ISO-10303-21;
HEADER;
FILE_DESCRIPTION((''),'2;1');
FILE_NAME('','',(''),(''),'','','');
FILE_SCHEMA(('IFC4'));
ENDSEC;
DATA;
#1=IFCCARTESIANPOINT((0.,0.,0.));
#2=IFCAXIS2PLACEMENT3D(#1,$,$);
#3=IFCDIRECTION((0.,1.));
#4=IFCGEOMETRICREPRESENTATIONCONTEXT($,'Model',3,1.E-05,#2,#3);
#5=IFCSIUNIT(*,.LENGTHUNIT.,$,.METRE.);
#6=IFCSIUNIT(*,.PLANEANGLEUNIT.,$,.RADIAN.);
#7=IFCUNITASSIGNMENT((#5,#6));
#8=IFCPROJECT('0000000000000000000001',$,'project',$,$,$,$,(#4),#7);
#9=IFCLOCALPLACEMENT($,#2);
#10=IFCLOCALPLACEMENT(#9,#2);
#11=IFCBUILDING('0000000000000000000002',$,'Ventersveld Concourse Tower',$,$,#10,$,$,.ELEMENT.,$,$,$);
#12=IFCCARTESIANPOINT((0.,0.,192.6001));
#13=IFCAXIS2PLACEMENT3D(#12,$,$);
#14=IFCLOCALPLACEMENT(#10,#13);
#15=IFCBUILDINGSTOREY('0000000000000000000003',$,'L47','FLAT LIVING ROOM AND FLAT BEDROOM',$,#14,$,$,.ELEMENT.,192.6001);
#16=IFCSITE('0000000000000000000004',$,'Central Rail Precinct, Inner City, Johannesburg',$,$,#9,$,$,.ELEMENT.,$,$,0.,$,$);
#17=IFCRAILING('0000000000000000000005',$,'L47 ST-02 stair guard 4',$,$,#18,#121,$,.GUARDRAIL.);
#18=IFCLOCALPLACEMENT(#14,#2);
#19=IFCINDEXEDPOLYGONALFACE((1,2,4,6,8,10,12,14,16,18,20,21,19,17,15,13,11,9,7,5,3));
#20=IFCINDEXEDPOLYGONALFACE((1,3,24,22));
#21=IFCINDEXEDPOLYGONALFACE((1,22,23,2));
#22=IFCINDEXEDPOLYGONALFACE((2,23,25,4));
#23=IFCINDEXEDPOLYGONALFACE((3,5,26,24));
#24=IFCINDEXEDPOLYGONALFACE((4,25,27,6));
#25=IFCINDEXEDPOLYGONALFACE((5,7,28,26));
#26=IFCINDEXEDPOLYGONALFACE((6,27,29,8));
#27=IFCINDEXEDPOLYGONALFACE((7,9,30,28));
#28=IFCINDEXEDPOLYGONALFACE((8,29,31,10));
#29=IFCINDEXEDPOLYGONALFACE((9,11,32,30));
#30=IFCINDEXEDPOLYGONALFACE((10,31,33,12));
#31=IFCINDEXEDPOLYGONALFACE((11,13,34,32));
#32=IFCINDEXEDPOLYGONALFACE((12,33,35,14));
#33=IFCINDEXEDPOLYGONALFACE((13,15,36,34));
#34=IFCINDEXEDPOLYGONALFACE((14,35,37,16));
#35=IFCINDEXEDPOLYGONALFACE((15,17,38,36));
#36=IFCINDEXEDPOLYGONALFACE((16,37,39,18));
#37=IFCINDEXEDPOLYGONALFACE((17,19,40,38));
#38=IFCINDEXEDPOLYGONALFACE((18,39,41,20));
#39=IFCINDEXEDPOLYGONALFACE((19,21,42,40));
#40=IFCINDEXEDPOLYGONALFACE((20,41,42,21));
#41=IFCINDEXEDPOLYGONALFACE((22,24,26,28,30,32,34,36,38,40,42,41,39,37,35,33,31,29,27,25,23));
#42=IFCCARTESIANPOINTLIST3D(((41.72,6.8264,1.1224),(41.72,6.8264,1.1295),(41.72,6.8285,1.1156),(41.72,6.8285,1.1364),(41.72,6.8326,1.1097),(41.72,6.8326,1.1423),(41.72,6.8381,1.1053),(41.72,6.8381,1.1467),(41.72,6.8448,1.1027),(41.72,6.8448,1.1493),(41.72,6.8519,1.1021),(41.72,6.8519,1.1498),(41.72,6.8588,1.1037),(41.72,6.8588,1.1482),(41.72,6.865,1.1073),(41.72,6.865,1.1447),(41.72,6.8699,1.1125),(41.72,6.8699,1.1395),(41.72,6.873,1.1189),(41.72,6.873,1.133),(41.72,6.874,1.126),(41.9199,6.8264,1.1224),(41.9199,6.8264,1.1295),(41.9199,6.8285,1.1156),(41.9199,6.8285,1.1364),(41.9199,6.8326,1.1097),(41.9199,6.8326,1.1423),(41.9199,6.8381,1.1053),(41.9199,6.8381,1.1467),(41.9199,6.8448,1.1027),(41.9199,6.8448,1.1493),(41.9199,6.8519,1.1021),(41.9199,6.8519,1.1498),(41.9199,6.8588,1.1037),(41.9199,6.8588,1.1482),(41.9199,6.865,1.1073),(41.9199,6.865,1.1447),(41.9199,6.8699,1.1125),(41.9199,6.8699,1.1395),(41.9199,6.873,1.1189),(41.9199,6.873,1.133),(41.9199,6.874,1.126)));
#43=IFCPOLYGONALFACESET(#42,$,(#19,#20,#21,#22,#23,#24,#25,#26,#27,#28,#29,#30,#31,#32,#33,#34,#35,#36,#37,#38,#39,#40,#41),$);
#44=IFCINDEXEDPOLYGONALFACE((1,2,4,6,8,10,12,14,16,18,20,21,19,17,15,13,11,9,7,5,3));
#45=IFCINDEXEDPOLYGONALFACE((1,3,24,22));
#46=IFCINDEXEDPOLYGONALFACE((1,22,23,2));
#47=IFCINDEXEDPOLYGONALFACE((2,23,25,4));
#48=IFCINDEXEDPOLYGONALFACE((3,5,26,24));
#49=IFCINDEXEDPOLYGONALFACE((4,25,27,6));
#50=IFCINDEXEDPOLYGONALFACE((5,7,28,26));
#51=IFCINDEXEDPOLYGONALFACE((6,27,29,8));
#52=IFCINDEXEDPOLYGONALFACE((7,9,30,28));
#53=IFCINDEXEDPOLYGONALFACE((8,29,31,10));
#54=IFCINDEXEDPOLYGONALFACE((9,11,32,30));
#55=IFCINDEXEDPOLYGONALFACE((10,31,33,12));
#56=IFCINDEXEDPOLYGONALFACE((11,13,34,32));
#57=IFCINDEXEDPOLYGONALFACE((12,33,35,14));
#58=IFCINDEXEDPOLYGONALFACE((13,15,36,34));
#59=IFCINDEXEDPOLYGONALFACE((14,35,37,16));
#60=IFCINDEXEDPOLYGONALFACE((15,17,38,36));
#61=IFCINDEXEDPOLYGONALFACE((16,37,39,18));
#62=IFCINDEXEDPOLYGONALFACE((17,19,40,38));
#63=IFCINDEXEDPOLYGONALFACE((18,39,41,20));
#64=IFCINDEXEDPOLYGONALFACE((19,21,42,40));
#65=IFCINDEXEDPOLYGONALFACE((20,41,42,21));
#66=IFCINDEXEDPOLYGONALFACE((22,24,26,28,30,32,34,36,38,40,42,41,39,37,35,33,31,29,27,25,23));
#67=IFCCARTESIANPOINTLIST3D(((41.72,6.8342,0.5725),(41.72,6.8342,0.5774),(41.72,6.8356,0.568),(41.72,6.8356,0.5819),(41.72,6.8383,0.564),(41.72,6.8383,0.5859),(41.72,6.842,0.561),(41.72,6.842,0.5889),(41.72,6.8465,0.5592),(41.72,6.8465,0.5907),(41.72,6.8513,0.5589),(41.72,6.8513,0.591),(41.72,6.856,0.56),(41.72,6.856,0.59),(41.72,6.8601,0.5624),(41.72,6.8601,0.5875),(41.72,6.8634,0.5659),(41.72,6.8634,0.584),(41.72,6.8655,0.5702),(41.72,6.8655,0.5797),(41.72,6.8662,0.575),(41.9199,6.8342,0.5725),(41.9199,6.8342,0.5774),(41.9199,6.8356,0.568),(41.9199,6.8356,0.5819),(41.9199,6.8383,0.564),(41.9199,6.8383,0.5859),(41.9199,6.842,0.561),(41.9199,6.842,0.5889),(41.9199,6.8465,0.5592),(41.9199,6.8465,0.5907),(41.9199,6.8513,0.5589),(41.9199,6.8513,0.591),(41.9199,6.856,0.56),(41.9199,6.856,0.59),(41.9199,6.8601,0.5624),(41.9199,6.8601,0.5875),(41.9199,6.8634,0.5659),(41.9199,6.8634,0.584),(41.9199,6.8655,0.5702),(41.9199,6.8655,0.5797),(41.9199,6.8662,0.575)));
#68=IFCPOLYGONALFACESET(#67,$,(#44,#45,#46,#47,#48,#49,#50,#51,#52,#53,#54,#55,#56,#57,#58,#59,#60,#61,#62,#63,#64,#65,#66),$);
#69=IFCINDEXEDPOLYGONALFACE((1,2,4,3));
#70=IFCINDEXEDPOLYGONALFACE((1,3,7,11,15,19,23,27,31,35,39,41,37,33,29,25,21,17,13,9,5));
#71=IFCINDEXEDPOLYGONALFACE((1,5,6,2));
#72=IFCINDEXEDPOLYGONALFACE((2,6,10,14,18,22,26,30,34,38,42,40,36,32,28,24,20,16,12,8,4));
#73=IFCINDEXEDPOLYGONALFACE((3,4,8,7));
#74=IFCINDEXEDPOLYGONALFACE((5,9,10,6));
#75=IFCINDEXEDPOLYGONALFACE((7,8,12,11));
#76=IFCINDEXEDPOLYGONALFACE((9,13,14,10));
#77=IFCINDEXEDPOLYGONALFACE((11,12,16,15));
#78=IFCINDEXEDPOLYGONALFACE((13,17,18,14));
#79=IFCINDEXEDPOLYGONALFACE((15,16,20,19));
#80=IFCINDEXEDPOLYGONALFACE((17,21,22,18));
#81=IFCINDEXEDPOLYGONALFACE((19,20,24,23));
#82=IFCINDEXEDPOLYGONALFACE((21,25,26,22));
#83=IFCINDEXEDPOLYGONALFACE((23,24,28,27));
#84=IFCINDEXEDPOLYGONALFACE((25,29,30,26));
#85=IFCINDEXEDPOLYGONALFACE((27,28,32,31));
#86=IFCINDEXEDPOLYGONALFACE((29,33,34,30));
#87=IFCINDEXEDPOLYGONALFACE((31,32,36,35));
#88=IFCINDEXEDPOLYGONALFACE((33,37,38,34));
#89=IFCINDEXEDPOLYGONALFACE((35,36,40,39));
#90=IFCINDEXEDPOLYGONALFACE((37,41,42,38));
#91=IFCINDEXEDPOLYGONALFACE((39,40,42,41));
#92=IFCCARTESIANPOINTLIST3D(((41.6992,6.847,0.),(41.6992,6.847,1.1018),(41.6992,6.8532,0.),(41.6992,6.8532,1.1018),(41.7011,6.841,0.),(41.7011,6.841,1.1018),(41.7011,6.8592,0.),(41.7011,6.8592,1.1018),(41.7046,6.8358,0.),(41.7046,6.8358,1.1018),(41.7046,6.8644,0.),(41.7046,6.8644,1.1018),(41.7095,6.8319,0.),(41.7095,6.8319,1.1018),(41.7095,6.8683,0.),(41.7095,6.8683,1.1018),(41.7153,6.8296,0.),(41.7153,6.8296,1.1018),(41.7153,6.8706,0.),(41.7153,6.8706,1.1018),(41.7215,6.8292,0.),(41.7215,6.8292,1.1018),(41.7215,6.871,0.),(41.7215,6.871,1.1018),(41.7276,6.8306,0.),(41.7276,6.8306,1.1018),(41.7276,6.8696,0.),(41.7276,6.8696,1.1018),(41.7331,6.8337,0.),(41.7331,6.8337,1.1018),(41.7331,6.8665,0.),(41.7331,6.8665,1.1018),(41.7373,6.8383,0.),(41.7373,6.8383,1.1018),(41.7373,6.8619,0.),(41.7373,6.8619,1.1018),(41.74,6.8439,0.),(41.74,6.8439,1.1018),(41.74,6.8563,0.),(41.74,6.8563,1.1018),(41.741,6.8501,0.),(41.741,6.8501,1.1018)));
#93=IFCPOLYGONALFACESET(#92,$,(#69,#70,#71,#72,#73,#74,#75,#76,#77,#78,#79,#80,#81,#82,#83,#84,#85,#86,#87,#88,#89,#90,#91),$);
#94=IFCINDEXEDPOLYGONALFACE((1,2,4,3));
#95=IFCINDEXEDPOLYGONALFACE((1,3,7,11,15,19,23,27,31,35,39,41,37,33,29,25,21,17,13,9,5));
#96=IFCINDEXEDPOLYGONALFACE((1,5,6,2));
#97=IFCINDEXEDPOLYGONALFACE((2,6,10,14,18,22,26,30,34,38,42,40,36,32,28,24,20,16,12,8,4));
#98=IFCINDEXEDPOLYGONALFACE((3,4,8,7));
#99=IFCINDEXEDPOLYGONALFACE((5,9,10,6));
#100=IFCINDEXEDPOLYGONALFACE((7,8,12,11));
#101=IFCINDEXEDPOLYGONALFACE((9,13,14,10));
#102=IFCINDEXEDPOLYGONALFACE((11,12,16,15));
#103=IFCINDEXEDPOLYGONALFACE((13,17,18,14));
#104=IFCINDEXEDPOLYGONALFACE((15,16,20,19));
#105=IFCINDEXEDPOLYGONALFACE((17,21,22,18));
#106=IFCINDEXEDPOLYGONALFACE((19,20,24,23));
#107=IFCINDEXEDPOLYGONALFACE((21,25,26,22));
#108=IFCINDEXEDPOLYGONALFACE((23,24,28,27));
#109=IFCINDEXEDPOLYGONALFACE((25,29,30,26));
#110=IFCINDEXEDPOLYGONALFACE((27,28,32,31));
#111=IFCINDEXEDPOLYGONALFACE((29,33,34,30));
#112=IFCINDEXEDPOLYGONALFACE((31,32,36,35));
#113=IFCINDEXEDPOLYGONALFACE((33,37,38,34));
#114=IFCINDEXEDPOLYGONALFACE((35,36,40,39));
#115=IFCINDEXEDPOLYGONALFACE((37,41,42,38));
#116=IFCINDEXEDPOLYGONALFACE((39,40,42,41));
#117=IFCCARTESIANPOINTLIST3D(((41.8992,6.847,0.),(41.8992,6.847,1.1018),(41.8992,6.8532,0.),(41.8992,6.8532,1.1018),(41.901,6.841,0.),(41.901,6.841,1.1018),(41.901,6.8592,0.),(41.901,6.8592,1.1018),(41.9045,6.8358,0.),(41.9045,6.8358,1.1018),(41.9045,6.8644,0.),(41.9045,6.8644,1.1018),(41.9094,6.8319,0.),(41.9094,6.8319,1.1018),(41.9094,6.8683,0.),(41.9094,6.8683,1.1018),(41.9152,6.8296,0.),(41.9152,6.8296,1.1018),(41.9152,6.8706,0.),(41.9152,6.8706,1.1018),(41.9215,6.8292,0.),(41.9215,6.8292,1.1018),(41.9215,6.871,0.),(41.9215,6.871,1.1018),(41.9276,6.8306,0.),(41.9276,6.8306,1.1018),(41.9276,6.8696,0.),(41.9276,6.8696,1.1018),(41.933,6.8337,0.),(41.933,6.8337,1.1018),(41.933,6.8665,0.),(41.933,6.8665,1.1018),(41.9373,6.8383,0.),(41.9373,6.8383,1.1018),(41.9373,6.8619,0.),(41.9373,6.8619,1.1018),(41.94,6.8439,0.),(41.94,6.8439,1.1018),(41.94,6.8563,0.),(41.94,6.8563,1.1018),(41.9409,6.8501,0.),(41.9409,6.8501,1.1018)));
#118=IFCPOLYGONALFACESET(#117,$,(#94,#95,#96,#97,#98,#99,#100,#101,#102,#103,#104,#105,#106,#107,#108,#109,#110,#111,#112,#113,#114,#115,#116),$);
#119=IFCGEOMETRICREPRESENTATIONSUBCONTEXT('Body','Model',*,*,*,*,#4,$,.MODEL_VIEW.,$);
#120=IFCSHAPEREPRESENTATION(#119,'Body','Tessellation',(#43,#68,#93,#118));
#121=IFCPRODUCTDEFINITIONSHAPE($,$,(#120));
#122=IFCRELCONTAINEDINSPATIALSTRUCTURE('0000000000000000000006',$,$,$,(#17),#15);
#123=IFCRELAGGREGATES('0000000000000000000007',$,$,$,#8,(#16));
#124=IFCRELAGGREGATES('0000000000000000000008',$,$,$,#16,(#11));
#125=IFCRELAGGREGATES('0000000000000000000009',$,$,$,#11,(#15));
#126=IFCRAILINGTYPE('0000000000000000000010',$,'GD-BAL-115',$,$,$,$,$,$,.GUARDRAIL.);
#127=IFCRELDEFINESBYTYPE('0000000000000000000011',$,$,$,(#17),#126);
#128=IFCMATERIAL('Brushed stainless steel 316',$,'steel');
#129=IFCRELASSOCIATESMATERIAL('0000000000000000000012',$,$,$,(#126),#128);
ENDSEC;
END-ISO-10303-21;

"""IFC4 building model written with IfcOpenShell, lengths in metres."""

from ifc_helpers import new_model, si_unit, direction, frame, origin, origin_2d, place, context, subcontext, project, spatial, circle, extrude, material, type_object, element, save


model = new_model("IFC4")

# Units and contexts
model_context = context("Model", 3, precision=1e-05, world=origin(), true_north=direction((0.0, 1.0)))
body_context = subcontext(model_context, "Body", "Model", "MODEL_VIEW")
ifc_project = project(units=[si_unit("LENGTHUNIT", "METRE"), si_unit("PLANEANGLEUNIT", "RADIAN")], contexts=[model_context])

# Site, building, storey
site_placement = place(None, origin())
site = spatial("IfcSite", under=ifc_project, at=site_placement, Name="Central Rail Precinct, Inner City, Johannesburg", CompositionType="ELEMENT", RefElevation=0.0)
building_placement = place(site_placement, origin())
building = spatial("IfcBuilding", under=site, at=building_placement, Name="Ventersveld Concourse Tower", CompositionType="ELEMENT")
storey_placement = place(building_placement, frame((0.0, 0.0, 192.6001)))
storey = spatial("IfcBuildingStorey", under=building, at=storey_placement, Name="L47", Description="FLAT LIVING ROOM AND FLAT BEDROOM", CompositionType="ELEMENT", Elevation=192.6001)

# Railing
ifc_material_1 = material(Name="Brushed stainless steel 316", Category="steel")
railing_type_1 = type_object("IfcRailingType", Name="GD-BAL-115", PredefinedType="GUARDRAIL", material=ifc_material_1)
railing_1_placement = place(storey_placement, frame((41.72, 6.8501, 0.0)))
element("IfcRailing", 1, at=railing_1_placement, inside=storey, type_object=railing_type_1, Name="L47 ST-02 stair guard 4", PredefinedType="GUARDRAIL", context=body_context, shape_type="SweptSolid", body=[
    extrude(circle(Radius=0.0239, at=origin_2d()), frame((0.0, 0.0, 1.126), z_axis=(1.0, 0.0, 0.0), x_axis=(0.0, 1.0, 0.0)), (0.0, 0.0, 1.0), 0.2),
    extrude(circle(Radius=0.0161, at=origin_2d()), frame((0.0, 0.0, 0.575), z_axis=(1.0, 0.0, 0.0), x_axis=(0.0, 1.0, 0.0)), (0.0, 0.0, 1.0), 0.2),
    extrude(circle(Radius=0.021, at=origin_2d()), origin(), (0.0, 0.0, 1.0), 1.1018),
    extrude(circle(Radius=0.021, at=origin_2d()), frame((0.2, 0.0, 0.0)), (0.0, 0.0, 1.0), 1.1018),
])

save(model, "model.ifc")
